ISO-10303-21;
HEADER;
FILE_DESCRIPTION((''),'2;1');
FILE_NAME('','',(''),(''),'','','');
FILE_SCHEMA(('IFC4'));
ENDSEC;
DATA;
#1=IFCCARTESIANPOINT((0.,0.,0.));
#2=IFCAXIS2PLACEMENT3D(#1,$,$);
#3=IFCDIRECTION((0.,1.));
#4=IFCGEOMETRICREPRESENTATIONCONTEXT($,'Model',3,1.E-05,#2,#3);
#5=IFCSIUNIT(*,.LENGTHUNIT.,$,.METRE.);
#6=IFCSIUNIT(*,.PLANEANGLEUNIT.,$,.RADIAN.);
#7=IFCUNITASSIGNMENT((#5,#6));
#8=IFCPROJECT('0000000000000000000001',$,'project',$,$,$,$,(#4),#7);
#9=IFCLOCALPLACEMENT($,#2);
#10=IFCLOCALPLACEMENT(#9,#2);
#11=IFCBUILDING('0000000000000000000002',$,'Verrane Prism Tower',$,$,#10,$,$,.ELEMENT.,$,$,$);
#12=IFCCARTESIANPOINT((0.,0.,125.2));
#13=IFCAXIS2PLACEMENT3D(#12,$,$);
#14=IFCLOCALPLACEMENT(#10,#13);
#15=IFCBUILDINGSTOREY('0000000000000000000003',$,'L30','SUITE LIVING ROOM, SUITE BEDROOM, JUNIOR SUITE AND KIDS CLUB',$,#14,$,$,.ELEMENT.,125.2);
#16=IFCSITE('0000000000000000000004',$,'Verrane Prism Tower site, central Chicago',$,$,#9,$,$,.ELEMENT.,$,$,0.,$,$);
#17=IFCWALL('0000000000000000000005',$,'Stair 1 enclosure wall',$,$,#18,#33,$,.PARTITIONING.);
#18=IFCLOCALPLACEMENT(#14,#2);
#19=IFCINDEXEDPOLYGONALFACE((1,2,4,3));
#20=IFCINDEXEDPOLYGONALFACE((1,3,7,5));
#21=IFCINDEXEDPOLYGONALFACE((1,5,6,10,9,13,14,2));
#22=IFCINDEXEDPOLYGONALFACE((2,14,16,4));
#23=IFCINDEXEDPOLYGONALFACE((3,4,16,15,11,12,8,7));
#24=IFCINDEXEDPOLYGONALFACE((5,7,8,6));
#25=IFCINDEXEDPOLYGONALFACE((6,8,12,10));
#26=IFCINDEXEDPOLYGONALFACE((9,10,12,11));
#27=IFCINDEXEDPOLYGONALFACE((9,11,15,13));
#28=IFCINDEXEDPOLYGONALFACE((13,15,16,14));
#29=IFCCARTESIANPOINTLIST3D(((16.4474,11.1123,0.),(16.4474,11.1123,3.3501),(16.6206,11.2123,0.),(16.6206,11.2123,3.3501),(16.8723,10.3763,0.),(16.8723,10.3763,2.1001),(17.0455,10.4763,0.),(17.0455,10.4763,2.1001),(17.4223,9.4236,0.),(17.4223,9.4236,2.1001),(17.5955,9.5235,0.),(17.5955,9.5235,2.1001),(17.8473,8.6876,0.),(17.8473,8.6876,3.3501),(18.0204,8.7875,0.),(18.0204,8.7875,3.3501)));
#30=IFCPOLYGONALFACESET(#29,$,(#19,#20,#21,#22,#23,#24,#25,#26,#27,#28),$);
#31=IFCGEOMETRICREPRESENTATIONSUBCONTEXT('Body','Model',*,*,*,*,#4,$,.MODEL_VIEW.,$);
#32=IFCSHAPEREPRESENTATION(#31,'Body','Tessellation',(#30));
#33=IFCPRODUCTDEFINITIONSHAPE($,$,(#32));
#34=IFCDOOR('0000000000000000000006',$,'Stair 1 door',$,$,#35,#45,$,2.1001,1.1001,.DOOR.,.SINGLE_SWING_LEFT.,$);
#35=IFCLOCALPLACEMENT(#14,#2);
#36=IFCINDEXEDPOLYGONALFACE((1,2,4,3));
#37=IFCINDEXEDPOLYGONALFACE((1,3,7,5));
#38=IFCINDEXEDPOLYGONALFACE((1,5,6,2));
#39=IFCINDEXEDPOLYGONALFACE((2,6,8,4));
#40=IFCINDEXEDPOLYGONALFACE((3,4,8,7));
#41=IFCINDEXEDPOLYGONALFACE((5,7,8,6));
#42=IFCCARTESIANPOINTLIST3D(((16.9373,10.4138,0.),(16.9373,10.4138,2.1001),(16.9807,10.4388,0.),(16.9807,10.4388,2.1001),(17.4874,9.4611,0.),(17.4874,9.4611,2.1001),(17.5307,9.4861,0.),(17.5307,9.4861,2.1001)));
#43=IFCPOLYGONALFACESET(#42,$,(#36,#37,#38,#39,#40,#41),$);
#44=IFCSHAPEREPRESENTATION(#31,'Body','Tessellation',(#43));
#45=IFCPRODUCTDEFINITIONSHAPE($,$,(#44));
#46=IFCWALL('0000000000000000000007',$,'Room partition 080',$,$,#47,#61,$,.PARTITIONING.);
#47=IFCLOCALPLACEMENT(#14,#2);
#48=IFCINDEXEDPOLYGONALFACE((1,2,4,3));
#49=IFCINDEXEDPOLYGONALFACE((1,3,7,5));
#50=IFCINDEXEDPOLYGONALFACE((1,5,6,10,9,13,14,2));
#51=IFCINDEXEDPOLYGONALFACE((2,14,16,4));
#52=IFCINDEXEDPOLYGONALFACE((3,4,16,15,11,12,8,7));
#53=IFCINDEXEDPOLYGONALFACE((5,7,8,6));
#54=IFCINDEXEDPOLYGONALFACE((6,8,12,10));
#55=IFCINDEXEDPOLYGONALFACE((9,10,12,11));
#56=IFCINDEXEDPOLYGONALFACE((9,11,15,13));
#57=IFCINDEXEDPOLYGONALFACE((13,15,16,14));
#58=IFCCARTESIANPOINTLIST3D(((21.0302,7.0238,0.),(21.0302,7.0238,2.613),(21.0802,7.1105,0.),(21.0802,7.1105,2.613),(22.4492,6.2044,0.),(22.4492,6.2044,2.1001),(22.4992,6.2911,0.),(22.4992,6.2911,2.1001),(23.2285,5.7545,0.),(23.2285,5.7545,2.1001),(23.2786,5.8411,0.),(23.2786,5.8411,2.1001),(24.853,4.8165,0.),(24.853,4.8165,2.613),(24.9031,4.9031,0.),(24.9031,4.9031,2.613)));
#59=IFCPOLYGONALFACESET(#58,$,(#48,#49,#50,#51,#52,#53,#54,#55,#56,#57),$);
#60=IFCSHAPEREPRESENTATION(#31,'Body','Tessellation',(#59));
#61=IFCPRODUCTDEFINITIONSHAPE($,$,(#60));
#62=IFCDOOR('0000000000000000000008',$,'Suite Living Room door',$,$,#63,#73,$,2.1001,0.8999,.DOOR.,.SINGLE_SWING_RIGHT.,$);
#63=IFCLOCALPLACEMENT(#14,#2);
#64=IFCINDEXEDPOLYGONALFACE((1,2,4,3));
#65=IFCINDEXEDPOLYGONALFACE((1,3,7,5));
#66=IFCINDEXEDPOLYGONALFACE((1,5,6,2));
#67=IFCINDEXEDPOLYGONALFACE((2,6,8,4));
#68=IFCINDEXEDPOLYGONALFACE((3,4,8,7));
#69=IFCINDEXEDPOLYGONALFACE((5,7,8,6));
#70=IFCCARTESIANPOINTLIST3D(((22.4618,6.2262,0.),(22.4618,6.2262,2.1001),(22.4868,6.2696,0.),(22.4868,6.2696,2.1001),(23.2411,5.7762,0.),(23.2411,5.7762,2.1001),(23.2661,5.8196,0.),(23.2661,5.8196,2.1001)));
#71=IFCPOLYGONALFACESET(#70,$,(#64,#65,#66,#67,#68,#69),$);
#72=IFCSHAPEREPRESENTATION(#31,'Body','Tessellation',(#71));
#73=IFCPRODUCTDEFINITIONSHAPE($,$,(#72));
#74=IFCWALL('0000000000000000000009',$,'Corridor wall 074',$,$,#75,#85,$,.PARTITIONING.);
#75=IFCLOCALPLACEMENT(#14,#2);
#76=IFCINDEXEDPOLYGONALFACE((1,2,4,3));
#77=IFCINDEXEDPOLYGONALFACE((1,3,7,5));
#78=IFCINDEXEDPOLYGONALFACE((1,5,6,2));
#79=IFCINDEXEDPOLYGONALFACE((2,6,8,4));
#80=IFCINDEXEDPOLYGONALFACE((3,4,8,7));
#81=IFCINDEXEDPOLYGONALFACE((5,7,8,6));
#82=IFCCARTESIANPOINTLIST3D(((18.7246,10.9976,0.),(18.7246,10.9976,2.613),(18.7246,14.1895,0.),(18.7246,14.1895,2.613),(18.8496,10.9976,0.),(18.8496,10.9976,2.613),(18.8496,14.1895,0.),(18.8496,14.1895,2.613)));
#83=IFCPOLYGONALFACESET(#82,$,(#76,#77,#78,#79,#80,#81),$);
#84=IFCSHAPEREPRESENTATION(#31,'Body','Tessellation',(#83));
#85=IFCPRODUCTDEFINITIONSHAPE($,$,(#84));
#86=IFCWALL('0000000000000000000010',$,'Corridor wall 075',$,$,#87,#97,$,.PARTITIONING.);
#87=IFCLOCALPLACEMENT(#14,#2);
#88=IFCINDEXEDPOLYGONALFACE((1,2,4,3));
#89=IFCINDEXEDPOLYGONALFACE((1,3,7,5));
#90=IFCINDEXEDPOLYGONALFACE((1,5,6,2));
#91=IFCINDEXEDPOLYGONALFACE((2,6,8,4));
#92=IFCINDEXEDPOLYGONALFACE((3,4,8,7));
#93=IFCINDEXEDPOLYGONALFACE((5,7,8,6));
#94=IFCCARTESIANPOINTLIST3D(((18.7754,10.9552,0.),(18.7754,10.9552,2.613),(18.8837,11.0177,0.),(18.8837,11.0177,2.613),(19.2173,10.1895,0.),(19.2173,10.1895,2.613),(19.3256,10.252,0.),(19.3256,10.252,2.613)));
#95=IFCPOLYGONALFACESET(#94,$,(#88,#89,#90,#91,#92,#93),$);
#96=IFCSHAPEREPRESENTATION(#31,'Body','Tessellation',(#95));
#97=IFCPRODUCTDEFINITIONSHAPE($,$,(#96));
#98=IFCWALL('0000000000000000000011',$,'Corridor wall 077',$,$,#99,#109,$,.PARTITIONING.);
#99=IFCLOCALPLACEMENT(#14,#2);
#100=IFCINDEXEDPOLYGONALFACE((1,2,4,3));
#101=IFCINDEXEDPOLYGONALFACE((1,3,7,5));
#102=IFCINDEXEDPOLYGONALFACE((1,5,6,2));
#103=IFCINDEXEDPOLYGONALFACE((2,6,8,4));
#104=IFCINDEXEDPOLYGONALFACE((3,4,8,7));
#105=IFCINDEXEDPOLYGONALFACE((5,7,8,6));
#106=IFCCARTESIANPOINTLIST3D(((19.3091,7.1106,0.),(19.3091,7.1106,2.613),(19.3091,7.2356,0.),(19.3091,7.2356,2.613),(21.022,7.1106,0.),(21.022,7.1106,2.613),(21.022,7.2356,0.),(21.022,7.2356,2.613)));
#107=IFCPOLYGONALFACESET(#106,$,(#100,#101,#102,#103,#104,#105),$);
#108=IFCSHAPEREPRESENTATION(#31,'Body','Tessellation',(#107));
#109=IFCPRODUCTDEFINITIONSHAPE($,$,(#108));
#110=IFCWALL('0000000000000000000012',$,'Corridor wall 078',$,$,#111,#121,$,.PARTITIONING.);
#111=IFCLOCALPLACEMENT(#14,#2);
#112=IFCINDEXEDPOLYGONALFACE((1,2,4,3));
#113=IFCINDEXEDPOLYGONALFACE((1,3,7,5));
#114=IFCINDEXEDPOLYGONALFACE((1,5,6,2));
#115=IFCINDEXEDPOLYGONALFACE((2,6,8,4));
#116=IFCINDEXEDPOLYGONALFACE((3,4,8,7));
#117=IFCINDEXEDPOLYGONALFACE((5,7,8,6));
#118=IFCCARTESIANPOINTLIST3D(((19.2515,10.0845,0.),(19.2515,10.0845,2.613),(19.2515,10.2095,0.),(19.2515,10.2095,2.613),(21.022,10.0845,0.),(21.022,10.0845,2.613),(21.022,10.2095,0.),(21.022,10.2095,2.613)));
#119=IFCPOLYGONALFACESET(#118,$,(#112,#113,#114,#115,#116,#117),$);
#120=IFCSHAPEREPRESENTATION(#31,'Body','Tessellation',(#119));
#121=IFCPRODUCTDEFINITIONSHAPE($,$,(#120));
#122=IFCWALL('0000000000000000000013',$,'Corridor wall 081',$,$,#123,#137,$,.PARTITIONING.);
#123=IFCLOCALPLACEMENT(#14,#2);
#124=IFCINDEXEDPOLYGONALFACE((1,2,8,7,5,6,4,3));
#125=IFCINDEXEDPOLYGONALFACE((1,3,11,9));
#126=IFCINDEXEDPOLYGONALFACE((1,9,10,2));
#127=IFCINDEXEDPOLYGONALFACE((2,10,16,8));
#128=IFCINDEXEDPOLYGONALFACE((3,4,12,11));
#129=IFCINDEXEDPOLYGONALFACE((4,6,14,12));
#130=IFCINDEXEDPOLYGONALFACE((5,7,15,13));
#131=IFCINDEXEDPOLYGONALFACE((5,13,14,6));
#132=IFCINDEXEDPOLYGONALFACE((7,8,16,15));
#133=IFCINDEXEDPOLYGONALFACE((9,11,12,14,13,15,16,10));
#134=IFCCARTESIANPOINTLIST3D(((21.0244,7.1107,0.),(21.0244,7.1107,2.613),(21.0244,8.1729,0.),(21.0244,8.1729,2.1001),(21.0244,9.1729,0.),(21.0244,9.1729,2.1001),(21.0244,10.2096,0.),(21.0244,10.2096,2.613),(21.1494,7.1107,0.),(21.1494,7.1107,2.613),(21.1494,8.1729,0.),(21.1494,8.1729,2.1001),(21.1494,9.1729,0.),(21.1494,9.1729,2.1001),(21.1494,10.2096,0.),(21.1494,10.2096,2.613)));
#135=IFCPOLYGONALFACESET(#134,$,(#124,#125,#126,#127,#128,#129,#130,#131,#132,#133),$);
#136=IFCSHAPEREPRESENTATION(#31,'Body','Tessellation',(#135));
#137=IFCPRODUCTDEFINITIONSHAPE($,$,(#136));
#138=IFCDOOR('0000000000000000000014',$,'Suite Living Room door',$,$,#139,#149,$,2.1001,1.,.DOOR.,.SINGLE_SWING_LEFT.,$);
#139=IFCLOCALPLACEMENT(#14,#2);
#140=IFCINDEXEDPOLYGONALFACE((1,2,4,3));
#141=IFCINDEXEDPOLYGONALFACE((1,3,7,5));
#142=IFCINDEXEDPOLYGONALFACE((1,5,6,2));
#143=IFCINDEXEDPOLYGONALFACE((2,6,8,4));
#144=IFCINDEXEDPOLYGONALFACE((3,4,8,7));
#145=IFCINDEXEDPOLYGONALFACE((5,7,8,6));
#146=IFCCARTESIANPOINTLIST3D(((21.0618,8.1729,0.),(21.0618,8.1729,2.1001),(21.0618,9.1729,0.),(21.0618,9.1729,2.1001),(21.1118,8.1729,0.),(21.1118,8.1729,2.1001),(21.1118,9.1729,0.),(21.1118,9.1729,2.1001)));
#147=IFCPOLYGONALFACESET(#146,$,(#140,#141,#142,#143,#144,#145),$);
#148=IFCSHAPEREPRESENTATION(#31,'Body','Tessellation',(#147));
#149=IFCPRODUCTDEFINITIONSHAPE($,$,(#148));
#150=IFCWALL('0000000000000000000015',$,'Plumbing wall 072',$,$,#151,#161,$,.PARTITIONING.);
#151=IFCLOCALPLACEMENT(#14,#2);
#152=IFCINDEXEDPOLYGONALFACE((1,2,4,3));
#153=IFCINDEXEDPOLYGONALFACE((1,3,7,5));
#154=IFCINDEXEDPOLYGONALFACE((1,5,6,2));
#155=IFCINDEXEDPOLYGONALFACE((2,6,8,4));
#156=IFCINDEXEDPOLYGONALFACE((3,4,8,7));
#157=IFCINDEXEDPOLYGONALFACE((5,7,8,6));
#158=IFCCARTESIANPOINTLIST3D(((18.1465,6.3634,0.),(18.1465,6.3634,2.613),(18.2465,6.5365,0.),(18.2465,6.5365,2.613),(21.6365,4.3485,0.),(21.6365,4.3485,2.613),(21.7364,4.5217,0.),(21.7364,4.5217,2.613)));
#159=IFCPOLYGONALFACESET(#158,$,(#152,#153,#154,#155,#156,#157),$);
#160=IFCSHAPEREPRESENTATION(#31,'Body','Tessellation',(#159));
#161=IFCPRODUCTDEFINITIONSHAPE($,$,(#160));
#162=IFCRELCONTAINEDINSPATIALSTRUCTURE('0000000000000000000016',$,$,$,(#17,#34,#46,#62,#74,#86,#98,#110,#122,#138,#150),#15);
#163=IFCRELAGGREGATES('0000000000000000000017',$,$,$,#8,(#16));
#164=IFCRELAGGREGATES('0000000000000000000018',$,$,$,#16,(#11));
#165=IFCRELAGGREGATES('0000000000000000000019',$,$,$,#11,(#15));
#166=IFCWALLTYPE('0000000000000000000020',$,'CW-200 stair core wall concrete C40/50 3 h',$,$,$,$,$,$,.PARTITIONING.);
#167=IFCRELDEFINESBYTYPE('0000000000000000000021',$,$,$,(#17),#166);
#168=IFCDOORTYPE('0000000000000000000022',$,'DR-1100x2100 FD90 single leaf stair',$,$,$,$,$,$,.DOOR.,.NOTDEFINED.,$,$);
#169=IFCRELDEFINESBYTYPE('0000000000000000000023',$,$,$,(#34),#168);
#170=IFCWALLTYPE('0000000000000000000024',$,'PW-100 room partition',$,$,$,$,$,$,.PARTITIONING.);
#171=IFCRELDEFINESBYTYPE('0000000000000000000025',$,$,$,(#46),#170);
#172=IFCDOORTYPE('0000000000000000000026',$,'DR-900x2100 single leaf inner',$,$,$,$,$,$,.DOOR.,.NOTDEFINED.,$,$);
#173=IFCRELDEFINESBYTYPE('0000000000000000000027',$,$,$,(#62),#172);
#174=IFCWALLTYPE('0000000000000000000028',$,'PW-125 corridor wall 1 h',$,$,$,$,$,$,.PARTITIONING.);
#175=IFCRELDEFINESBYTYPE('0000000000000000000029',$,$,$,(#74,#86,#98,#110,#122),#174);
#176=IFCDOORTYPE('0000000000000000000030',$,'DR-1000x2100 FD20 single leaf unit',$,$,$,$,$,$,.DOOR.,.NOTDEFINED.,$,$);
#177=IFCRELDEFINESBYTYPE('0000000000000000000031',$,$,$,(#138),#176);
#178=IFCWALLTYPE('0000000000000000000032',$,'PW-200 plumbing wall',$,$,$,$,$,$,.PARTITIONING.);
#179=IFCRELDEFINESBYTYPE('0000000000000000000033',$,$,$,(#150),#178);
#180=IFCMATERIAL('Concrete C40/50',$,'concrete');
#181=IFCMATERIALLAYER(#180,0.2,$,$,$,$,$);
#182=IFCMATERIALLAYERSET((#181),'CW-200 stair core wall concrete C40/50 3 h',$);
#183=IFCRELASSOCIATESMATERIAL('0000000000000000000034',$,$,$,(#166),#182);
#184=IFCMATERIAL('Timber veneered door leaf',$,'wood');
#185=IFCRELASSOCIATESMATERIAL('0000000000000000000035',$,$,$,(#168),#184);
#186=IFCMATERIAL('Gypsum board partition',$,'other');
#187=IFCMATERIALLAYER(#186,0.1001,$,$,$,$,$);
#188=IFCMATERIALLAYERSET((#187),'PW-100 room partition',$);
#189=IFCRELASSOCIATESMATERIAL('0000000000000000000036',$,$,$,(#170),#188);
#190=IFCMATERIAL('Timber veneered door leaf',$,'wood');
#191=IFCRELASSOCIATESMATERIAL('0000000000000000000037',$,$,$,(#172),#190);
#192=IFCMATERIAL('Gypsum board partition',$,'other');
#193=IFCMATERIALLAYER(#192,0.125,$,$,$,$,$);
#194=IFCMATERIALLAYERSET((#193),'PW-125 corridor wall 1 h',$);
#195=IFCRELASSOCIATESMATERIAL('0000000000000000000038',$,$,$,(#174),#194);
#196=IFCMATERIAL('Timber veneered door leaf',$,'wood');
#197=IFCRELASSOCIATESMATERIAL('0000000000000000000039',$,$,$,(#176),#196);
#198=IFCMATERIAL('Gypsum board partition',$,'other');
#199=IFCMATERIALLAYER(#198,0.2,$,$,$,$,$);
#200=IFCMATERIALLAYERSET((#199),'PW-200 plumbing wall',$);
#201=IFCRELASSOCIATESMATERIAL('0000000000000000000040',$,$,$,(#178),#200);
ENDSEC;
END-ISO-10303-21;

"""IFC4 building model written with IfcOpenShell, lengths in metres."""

from ifc_helpers import new_model, si_unit, direction, frame, frame_2d, origin, place, context, subcontext, project, spatial, rectangle, extrude, material, layer, layer_set, type_object, element, fill, save


model = new_model("IFC4")

# Units and contexts
model_context = context("Model", 3, precision=1e-05, world=origin(), true_north=direction((0.0, 1.0)))
body_context = subcontext(model_context, "Body", "Model", "MODEL_VIEW")
ifc_project = project(units=[si_unit("LENGTHUNIT", "METRE"), si_unit("PLANEANGLEUNIT", "RADIAN")], contexts=[model_context])

# Site, building, storey
site_placement = place(None, origin())
site = spatial("IfcSite", under=ifc_project, at=site_placement, Name="Verrane Prism Tower site, central Chicago", CompositionType="ELEMENT", RefElevation=0.0)
building_placement = place(site_placement, origin())
building = spatial("IfcBuilding", under=site, at=building_placement, Name="Verrane Prism Tower", CompositionType="ELEMENT")
storey_placement = place(building_placement, frame((0.0, 0.0, 125.2)))
storey = spatial("IfcBuildingStorey", under=building, at=storey_placement, Name="L30", Description="SUITE LIVING ROOM, SUITE BEDROOM, JUNIOR SUITE AND KIDS CLUB", CompositionType="ELEMENT", Elevation=125.2)

# Walls, openings, doors
ifc_material_1 = material(Name="Concrete C40/50", Category="concrete")
ifc_layer_1 = layer(ifc_material_1, 0.2)
ifc_layer_set_1 = layer_set([ifc_layer_1], Name="CW-200 stair core wall concrete C40/50 3 h")
wall_type_1 = type_object("IfcWallType", Name="CW-200 stair core wall concrete C40/50 3 h", PredefinedType="PARTITIONING", material=ifc_layer_set_1)
wall_1_placement = place(storey_placement, frame((17.9338, 8.7375, 0.0), z_axis=(0.0, 0.0, 1.0), x_axis=(-0.499984, 0.866035, 0.0)))
wall_1 = element("IfcWall", 1, at=wall_1_placement, inside=storey, type_object=wall_type_1, Name="Stair 1 enclosure wall", PredefinedType="PARTITIONING", context=body_context, shape_type="SweptSolid", body=[
    extrude(rectangle(XDim=2.7998, YDim=0.2, at=frame_2d((1.3999, 0.0))), origin(), (0.0, 0.0, 1.0), 3.3501),
])
opening_1_placement = place(wall_1_placement, frame((0.8499, 0.0, 0.0)))
opening_1 = element("IfcOpeningElement", 2, at=opening_1_placement, cuts=wall_1, PredefinedType="OPENING", context=body_context, shape_type="SweptSolid", body=[
    extrude(rectangle(XDim=1.1001, YDim=2.1001, at=frame_2d((0.55, 1.05))), frame((0.0, 0.1099, 0.0), z_axis=(0.0, -1.0, 0.0), x_axis=(1.0, 0.0, 0.0)), (0.0, 0.0, 1.0), 0.22),
])
ifc_material_2 = material(Name="Timber veneered door leaf", Category="wood")
door_type_1 = type_object("IfcDoorType", Name="DR-1100x2100 FD90 single leaf stair", OperationType="NOTDEFINED", PredefinedType="DOOR", material=ifc_material_2)
door_1_placement = place(opening_1_placement, origin())
door_1 = element("IfcDoor", 3, at=door_1_placement, inside=storey, type_object=door_type_1, Name="Stair 1 door", OperationType="SINGLE_SWING_LEFT", OverallHeight=2.1001, OverallWidth=1.1001, PredefinedType="DOOR", context=body_context, shape_type="SweptSolid", body=[
    extrude(rectangle(XDim=1.1001, YDim=2.1001, at=frame_2d((0.55, 1.05))), frame((0.0, 0.0249, 0.0), z_axis=(0.0, -1.0, 0.0), x_axis=(1.0, 0.0, 0.0)), (0.0, 0.0, 1.0), 0.05),
])
fill(opening_1, door_1)
ifc_material_3 = material(Name="Gypsum board partition", Category="other")
ifc_layer_2 = layer(ifc_material_3, 0.1001)
ifc_layer_set_2 = layer_set([ifc_layer_2], Name="PW-100 room partition")
wall_type_2 = type_object("IfcWallType", Name="PW-100 room partition", PredefinedType="PARTITIONING", material=ifc_layer_set_2)
wall_2_placement = place(storey_placement, frame((24.8779, 4.8599, 0.0), z_axis=(0.0, 0.0, 1.0), x_axis=(-0.866005, 0.500035, 0.0)))
wall_2 = element("IfcWall", 4, at=wall_2_placement, inside=storey, type_object=wall_type_2, Name="Room partition 080", PredefinedType="PARTITIONING", context=body_context, shape_type="SweptSolid", body=[
    extrude(rectangle(XDim=4.4143, YDim=0.1001, at=frame_2d((2.207, 0.0))), origin(), (0.0, 0.0, 1.0), 2.613),
])
opening_2_placement = place(wall_2_placement, frame((1.8757, 0.0, 0.0)))
opening_2 = element("IfcOpeningElement", 5, at=opening_2_placement, cuts=wall_2, PredefinedType="OPENING", context=body_context, shape_type="SweptSolid", body=[
    extrude(rectangle(XDim=0.8999, YDim=2.1001, at=frame_2d((0.45, 1.05))), frame((0.0, 0.0601, 0.0), z_axis=(0.0, -1.0, 0.0), x_axis=(1.0, 0.0, 0.0)), (0.0, 0.0, 1.0), 0.1201),
])
ifc_material_4 = material(Name="Timber veneered door leaf", Category="wood")
door_type_2 = type_object("IfcDoorType", Name="DR-900x2100 single leaf inner", OperationType="NOTDEFINED", PredefinedType="DOOR", material=ifc_material_4)
door_2_placement = place(opening_2_placement, origin())
door_2 = element("IfcDoor", 6, at=door_2_placement, inside=storey, type_object=door_type_2, Name="Suite Living Room door", OperationType="SINGLE_SWING_RIGHT", OverallHeight=2.1001, OverallWidth=0.8999, PredefinedType="DOOR", context=body_context, shape_type="SweptSolid", body=[
    extrude(rectangle(XDim=0.8999, YDim=2.1001, at=frame_2d((0.45, 1.05))), frame((0.0, 0.0249, 0.0), z_axis=(0.0, -1.0, 0.0), x_axis=(1.0, 0.0, 0.0)), (0.0, 0.0, 1.0), 0.05),
])
fill(opening_2, door_2)

# Walls
ifc_material_5 = material(Name="Gypsum board partition", Category="other")
ifc_layer_3 = layer(ifc_material_5, 0.125)
ifc_layer_set_3 = layer_set([ifc_layer_3], Name="PW-125 corridor wall 1 h")
wall_type_3 = type_object("IfcWallType", Name="PW-125 corridor wall 1 h", PredefinedType="PARTITIONING", material=ifc_layer_set_3)
wall_3_placement = place(storey_placement, frame((18.7871, 10.9976, 0.0), z_axis=(0.0, 0.0, 1.0), x_axis=(0.0, 1.0, 0.0)))
element("IfcWall", 7, at=wall_3_placement, inside=storey, type_object=wall_type_3, Name="Corridor wall 074", PredefinedType="PARTITIONING", context=body_context, shape_type="SweptSolid", body=[
    extrude(rectangle(XDim=3.1919, YDim=0.125, at=frame_2d((1.5959, 0.0))), origin(), (0.0, 0.0, 1.0), 2.613),
])
wall_4_placement = place(storey_placement, frame((18.8296, 10.9863, 0.0), z_axis=(0.0, 0.0, 1.0), x_axis=(0.499882, -0.866094, 0.0)))
element("IfcWall", 8, at=wall_4_placement, inside=storey, type_object=wall_type_3, Name="Corridor wall 075", PredefinedType="PARTITIONING", context=body_context, shape_type="SweptSolid", body=[
    extrude(rectangle(XDim=0.884, YDim=0.125, at=frame_2d((0.4419, 0.0))), origin(), (0.0, 0.0, 1.0), 2.613),
])
wall_5_placement = place(storey_placement, frame((19.3091, 7.1731, 0.0), z_axis=(0.0, 0.0, 1.0), x_axis=(1.0, 0.0, 0.0)))
element("IfcWall", 9, at=wall_5_placement, inside=storey, type_object=wall_type_3, Name="Corridor wall 077", PredefinedType="PARTITIONING", context=body_context, shape_type="SweptSolid", body=[
    extrude(rectangle(XDim=1.7129, YDim=0.125, at=frame_2d((0.8564, 0.0))), origin(), (0.0, 0.0, 1.0), 2.613),
])
wall_6_placement = place(storey_placement, frame((19.2515, 10.147, 0.0), z_axis=(0.0, 0.0, 1.0), x_axis=(1.0, 0.0, 0.0)))
element("IfcWall", 10, at=wall_6_placement, inside=storey, type_object=wall_type_3, Name="Corridor wall 078", PredefinedType="PARTITIONING", context=body_context, shape_type="SweptSolid", body=[
    extrude(rectangle(XDim=1.7705, YDim=0.125, at=frame_2d((0.8853, 0.0))), origin(), (0.0, 0.0, 1.0), 2.613),
])

# Wall, opening, door
wall_7_placement = place(storey_placement, frame((21.0869, 10.2095, 0.0), z_axis=(0.0, 0.0, 1.0), x_axis=(0.0, -1.0, 0.0)))
wall_7 = element("IfcWall", 11, at=wall_7_placement, inside=storey, type_object=wall_type_3, Name="Corridor wall 081", PredefinedType="PARTITIONING", context=body_context, shape_type="SweptSolid", body=[
    extrude(rectangle(XDim=3.0989, YDim=0.125, at=frame_2d((1.5493, 0.0))), origin(), (0.0, 0.0, 1.0), 2.613),
])
opening_3_placement = place(wall_7_placement, frame((1.0366, 0.0, 0.0)))
opening_3 = element("IfcOpeningElement", 12, at=opening_3_placement, cuts=wall_7, PredefinedType="OPENING", context=body_context, shape_type="SweptSolid", body=[
    extrude(rectangle(XDim=1.0, YDim=2.1001, at=frame_2d((0.5, 1.05))), frame((0.0, 0.0725, 0.0), z_axis=(0.0, -1.0, 0.0), x_axis=(1.0, 0.0, 0.0)), (0.0, 0.0, 1.0), 0.145),
])
ifc_material_6 = material(Name="Timber veneered door leaf", Category="wood")
door_type_3 = type_object("IfcDoorType", Name="DR-1000x2100 FD20 single leaf unit", OperationType="NOTDEFINED", PredefinedType="DOOR", material=ifc_material_6)
door_3_placement = place(opening_3_placement, origin())
door_3 = element("IfcDoor", 13, at=door_3_placement, inside=storey, type_object=door_type_3, Name="Suite Living Room door", OperationType="SINGLE_SWING_LEFT", OverallHeight=2.1001, OverallWidth=1.0, PredefinedType="DOOR", context=body_context, shape_type="SweptSolid", body=[
    extrude(rectangle(XDim=1.0, YDim=2.1001, at=frame_2d((0.5, 1.05))), frame((0.0, 0.0249, 0.0), z_axis=(0.0, -1.0, 0.0), x_axis=(1.0, 0.0, 0.0)), (0.0, 0.0, 1.0), 0.05),
])
fill(opening_3, door_3)

# Wall
ifc_material_7 = material(Name="Gypsum board partition", Category="other")
ifc_layer_4 = layer(ifc_material_7, 0.2)
ifc_layer_set_4 = layer_set([ifc_layer_4], Name="PW-200 plumbing wall")
wall_type_4 = type_object("IfcWallType", Name="PW-200 plumbing wall", PredefinedType="PARTITIONING", material=ifc_layer_set_4)
wall_8_placement = place(storey_placement, frame((18.1965, 6.45, 0.0), z_axis=(0.0, 0.0, 1.0), x_axis=(0.866031, -0.49999, 0.0)))
element("IfcWall", 14, at=wall_8_placement, inside=storey, type_object=wall_type_4, Name="Plumbing wall 072", PredefinedType="PARTITIONING", context=body_context, shape_type="SweptSolid", body=[
    extrude(rectangle(XDim=4.0298, YDim=0.2, at=frame_2d((2.0149, 0.0))), origin(), (0.0, 0.0, 1.0), 2.613),
])

save(model, "model.ifc")
